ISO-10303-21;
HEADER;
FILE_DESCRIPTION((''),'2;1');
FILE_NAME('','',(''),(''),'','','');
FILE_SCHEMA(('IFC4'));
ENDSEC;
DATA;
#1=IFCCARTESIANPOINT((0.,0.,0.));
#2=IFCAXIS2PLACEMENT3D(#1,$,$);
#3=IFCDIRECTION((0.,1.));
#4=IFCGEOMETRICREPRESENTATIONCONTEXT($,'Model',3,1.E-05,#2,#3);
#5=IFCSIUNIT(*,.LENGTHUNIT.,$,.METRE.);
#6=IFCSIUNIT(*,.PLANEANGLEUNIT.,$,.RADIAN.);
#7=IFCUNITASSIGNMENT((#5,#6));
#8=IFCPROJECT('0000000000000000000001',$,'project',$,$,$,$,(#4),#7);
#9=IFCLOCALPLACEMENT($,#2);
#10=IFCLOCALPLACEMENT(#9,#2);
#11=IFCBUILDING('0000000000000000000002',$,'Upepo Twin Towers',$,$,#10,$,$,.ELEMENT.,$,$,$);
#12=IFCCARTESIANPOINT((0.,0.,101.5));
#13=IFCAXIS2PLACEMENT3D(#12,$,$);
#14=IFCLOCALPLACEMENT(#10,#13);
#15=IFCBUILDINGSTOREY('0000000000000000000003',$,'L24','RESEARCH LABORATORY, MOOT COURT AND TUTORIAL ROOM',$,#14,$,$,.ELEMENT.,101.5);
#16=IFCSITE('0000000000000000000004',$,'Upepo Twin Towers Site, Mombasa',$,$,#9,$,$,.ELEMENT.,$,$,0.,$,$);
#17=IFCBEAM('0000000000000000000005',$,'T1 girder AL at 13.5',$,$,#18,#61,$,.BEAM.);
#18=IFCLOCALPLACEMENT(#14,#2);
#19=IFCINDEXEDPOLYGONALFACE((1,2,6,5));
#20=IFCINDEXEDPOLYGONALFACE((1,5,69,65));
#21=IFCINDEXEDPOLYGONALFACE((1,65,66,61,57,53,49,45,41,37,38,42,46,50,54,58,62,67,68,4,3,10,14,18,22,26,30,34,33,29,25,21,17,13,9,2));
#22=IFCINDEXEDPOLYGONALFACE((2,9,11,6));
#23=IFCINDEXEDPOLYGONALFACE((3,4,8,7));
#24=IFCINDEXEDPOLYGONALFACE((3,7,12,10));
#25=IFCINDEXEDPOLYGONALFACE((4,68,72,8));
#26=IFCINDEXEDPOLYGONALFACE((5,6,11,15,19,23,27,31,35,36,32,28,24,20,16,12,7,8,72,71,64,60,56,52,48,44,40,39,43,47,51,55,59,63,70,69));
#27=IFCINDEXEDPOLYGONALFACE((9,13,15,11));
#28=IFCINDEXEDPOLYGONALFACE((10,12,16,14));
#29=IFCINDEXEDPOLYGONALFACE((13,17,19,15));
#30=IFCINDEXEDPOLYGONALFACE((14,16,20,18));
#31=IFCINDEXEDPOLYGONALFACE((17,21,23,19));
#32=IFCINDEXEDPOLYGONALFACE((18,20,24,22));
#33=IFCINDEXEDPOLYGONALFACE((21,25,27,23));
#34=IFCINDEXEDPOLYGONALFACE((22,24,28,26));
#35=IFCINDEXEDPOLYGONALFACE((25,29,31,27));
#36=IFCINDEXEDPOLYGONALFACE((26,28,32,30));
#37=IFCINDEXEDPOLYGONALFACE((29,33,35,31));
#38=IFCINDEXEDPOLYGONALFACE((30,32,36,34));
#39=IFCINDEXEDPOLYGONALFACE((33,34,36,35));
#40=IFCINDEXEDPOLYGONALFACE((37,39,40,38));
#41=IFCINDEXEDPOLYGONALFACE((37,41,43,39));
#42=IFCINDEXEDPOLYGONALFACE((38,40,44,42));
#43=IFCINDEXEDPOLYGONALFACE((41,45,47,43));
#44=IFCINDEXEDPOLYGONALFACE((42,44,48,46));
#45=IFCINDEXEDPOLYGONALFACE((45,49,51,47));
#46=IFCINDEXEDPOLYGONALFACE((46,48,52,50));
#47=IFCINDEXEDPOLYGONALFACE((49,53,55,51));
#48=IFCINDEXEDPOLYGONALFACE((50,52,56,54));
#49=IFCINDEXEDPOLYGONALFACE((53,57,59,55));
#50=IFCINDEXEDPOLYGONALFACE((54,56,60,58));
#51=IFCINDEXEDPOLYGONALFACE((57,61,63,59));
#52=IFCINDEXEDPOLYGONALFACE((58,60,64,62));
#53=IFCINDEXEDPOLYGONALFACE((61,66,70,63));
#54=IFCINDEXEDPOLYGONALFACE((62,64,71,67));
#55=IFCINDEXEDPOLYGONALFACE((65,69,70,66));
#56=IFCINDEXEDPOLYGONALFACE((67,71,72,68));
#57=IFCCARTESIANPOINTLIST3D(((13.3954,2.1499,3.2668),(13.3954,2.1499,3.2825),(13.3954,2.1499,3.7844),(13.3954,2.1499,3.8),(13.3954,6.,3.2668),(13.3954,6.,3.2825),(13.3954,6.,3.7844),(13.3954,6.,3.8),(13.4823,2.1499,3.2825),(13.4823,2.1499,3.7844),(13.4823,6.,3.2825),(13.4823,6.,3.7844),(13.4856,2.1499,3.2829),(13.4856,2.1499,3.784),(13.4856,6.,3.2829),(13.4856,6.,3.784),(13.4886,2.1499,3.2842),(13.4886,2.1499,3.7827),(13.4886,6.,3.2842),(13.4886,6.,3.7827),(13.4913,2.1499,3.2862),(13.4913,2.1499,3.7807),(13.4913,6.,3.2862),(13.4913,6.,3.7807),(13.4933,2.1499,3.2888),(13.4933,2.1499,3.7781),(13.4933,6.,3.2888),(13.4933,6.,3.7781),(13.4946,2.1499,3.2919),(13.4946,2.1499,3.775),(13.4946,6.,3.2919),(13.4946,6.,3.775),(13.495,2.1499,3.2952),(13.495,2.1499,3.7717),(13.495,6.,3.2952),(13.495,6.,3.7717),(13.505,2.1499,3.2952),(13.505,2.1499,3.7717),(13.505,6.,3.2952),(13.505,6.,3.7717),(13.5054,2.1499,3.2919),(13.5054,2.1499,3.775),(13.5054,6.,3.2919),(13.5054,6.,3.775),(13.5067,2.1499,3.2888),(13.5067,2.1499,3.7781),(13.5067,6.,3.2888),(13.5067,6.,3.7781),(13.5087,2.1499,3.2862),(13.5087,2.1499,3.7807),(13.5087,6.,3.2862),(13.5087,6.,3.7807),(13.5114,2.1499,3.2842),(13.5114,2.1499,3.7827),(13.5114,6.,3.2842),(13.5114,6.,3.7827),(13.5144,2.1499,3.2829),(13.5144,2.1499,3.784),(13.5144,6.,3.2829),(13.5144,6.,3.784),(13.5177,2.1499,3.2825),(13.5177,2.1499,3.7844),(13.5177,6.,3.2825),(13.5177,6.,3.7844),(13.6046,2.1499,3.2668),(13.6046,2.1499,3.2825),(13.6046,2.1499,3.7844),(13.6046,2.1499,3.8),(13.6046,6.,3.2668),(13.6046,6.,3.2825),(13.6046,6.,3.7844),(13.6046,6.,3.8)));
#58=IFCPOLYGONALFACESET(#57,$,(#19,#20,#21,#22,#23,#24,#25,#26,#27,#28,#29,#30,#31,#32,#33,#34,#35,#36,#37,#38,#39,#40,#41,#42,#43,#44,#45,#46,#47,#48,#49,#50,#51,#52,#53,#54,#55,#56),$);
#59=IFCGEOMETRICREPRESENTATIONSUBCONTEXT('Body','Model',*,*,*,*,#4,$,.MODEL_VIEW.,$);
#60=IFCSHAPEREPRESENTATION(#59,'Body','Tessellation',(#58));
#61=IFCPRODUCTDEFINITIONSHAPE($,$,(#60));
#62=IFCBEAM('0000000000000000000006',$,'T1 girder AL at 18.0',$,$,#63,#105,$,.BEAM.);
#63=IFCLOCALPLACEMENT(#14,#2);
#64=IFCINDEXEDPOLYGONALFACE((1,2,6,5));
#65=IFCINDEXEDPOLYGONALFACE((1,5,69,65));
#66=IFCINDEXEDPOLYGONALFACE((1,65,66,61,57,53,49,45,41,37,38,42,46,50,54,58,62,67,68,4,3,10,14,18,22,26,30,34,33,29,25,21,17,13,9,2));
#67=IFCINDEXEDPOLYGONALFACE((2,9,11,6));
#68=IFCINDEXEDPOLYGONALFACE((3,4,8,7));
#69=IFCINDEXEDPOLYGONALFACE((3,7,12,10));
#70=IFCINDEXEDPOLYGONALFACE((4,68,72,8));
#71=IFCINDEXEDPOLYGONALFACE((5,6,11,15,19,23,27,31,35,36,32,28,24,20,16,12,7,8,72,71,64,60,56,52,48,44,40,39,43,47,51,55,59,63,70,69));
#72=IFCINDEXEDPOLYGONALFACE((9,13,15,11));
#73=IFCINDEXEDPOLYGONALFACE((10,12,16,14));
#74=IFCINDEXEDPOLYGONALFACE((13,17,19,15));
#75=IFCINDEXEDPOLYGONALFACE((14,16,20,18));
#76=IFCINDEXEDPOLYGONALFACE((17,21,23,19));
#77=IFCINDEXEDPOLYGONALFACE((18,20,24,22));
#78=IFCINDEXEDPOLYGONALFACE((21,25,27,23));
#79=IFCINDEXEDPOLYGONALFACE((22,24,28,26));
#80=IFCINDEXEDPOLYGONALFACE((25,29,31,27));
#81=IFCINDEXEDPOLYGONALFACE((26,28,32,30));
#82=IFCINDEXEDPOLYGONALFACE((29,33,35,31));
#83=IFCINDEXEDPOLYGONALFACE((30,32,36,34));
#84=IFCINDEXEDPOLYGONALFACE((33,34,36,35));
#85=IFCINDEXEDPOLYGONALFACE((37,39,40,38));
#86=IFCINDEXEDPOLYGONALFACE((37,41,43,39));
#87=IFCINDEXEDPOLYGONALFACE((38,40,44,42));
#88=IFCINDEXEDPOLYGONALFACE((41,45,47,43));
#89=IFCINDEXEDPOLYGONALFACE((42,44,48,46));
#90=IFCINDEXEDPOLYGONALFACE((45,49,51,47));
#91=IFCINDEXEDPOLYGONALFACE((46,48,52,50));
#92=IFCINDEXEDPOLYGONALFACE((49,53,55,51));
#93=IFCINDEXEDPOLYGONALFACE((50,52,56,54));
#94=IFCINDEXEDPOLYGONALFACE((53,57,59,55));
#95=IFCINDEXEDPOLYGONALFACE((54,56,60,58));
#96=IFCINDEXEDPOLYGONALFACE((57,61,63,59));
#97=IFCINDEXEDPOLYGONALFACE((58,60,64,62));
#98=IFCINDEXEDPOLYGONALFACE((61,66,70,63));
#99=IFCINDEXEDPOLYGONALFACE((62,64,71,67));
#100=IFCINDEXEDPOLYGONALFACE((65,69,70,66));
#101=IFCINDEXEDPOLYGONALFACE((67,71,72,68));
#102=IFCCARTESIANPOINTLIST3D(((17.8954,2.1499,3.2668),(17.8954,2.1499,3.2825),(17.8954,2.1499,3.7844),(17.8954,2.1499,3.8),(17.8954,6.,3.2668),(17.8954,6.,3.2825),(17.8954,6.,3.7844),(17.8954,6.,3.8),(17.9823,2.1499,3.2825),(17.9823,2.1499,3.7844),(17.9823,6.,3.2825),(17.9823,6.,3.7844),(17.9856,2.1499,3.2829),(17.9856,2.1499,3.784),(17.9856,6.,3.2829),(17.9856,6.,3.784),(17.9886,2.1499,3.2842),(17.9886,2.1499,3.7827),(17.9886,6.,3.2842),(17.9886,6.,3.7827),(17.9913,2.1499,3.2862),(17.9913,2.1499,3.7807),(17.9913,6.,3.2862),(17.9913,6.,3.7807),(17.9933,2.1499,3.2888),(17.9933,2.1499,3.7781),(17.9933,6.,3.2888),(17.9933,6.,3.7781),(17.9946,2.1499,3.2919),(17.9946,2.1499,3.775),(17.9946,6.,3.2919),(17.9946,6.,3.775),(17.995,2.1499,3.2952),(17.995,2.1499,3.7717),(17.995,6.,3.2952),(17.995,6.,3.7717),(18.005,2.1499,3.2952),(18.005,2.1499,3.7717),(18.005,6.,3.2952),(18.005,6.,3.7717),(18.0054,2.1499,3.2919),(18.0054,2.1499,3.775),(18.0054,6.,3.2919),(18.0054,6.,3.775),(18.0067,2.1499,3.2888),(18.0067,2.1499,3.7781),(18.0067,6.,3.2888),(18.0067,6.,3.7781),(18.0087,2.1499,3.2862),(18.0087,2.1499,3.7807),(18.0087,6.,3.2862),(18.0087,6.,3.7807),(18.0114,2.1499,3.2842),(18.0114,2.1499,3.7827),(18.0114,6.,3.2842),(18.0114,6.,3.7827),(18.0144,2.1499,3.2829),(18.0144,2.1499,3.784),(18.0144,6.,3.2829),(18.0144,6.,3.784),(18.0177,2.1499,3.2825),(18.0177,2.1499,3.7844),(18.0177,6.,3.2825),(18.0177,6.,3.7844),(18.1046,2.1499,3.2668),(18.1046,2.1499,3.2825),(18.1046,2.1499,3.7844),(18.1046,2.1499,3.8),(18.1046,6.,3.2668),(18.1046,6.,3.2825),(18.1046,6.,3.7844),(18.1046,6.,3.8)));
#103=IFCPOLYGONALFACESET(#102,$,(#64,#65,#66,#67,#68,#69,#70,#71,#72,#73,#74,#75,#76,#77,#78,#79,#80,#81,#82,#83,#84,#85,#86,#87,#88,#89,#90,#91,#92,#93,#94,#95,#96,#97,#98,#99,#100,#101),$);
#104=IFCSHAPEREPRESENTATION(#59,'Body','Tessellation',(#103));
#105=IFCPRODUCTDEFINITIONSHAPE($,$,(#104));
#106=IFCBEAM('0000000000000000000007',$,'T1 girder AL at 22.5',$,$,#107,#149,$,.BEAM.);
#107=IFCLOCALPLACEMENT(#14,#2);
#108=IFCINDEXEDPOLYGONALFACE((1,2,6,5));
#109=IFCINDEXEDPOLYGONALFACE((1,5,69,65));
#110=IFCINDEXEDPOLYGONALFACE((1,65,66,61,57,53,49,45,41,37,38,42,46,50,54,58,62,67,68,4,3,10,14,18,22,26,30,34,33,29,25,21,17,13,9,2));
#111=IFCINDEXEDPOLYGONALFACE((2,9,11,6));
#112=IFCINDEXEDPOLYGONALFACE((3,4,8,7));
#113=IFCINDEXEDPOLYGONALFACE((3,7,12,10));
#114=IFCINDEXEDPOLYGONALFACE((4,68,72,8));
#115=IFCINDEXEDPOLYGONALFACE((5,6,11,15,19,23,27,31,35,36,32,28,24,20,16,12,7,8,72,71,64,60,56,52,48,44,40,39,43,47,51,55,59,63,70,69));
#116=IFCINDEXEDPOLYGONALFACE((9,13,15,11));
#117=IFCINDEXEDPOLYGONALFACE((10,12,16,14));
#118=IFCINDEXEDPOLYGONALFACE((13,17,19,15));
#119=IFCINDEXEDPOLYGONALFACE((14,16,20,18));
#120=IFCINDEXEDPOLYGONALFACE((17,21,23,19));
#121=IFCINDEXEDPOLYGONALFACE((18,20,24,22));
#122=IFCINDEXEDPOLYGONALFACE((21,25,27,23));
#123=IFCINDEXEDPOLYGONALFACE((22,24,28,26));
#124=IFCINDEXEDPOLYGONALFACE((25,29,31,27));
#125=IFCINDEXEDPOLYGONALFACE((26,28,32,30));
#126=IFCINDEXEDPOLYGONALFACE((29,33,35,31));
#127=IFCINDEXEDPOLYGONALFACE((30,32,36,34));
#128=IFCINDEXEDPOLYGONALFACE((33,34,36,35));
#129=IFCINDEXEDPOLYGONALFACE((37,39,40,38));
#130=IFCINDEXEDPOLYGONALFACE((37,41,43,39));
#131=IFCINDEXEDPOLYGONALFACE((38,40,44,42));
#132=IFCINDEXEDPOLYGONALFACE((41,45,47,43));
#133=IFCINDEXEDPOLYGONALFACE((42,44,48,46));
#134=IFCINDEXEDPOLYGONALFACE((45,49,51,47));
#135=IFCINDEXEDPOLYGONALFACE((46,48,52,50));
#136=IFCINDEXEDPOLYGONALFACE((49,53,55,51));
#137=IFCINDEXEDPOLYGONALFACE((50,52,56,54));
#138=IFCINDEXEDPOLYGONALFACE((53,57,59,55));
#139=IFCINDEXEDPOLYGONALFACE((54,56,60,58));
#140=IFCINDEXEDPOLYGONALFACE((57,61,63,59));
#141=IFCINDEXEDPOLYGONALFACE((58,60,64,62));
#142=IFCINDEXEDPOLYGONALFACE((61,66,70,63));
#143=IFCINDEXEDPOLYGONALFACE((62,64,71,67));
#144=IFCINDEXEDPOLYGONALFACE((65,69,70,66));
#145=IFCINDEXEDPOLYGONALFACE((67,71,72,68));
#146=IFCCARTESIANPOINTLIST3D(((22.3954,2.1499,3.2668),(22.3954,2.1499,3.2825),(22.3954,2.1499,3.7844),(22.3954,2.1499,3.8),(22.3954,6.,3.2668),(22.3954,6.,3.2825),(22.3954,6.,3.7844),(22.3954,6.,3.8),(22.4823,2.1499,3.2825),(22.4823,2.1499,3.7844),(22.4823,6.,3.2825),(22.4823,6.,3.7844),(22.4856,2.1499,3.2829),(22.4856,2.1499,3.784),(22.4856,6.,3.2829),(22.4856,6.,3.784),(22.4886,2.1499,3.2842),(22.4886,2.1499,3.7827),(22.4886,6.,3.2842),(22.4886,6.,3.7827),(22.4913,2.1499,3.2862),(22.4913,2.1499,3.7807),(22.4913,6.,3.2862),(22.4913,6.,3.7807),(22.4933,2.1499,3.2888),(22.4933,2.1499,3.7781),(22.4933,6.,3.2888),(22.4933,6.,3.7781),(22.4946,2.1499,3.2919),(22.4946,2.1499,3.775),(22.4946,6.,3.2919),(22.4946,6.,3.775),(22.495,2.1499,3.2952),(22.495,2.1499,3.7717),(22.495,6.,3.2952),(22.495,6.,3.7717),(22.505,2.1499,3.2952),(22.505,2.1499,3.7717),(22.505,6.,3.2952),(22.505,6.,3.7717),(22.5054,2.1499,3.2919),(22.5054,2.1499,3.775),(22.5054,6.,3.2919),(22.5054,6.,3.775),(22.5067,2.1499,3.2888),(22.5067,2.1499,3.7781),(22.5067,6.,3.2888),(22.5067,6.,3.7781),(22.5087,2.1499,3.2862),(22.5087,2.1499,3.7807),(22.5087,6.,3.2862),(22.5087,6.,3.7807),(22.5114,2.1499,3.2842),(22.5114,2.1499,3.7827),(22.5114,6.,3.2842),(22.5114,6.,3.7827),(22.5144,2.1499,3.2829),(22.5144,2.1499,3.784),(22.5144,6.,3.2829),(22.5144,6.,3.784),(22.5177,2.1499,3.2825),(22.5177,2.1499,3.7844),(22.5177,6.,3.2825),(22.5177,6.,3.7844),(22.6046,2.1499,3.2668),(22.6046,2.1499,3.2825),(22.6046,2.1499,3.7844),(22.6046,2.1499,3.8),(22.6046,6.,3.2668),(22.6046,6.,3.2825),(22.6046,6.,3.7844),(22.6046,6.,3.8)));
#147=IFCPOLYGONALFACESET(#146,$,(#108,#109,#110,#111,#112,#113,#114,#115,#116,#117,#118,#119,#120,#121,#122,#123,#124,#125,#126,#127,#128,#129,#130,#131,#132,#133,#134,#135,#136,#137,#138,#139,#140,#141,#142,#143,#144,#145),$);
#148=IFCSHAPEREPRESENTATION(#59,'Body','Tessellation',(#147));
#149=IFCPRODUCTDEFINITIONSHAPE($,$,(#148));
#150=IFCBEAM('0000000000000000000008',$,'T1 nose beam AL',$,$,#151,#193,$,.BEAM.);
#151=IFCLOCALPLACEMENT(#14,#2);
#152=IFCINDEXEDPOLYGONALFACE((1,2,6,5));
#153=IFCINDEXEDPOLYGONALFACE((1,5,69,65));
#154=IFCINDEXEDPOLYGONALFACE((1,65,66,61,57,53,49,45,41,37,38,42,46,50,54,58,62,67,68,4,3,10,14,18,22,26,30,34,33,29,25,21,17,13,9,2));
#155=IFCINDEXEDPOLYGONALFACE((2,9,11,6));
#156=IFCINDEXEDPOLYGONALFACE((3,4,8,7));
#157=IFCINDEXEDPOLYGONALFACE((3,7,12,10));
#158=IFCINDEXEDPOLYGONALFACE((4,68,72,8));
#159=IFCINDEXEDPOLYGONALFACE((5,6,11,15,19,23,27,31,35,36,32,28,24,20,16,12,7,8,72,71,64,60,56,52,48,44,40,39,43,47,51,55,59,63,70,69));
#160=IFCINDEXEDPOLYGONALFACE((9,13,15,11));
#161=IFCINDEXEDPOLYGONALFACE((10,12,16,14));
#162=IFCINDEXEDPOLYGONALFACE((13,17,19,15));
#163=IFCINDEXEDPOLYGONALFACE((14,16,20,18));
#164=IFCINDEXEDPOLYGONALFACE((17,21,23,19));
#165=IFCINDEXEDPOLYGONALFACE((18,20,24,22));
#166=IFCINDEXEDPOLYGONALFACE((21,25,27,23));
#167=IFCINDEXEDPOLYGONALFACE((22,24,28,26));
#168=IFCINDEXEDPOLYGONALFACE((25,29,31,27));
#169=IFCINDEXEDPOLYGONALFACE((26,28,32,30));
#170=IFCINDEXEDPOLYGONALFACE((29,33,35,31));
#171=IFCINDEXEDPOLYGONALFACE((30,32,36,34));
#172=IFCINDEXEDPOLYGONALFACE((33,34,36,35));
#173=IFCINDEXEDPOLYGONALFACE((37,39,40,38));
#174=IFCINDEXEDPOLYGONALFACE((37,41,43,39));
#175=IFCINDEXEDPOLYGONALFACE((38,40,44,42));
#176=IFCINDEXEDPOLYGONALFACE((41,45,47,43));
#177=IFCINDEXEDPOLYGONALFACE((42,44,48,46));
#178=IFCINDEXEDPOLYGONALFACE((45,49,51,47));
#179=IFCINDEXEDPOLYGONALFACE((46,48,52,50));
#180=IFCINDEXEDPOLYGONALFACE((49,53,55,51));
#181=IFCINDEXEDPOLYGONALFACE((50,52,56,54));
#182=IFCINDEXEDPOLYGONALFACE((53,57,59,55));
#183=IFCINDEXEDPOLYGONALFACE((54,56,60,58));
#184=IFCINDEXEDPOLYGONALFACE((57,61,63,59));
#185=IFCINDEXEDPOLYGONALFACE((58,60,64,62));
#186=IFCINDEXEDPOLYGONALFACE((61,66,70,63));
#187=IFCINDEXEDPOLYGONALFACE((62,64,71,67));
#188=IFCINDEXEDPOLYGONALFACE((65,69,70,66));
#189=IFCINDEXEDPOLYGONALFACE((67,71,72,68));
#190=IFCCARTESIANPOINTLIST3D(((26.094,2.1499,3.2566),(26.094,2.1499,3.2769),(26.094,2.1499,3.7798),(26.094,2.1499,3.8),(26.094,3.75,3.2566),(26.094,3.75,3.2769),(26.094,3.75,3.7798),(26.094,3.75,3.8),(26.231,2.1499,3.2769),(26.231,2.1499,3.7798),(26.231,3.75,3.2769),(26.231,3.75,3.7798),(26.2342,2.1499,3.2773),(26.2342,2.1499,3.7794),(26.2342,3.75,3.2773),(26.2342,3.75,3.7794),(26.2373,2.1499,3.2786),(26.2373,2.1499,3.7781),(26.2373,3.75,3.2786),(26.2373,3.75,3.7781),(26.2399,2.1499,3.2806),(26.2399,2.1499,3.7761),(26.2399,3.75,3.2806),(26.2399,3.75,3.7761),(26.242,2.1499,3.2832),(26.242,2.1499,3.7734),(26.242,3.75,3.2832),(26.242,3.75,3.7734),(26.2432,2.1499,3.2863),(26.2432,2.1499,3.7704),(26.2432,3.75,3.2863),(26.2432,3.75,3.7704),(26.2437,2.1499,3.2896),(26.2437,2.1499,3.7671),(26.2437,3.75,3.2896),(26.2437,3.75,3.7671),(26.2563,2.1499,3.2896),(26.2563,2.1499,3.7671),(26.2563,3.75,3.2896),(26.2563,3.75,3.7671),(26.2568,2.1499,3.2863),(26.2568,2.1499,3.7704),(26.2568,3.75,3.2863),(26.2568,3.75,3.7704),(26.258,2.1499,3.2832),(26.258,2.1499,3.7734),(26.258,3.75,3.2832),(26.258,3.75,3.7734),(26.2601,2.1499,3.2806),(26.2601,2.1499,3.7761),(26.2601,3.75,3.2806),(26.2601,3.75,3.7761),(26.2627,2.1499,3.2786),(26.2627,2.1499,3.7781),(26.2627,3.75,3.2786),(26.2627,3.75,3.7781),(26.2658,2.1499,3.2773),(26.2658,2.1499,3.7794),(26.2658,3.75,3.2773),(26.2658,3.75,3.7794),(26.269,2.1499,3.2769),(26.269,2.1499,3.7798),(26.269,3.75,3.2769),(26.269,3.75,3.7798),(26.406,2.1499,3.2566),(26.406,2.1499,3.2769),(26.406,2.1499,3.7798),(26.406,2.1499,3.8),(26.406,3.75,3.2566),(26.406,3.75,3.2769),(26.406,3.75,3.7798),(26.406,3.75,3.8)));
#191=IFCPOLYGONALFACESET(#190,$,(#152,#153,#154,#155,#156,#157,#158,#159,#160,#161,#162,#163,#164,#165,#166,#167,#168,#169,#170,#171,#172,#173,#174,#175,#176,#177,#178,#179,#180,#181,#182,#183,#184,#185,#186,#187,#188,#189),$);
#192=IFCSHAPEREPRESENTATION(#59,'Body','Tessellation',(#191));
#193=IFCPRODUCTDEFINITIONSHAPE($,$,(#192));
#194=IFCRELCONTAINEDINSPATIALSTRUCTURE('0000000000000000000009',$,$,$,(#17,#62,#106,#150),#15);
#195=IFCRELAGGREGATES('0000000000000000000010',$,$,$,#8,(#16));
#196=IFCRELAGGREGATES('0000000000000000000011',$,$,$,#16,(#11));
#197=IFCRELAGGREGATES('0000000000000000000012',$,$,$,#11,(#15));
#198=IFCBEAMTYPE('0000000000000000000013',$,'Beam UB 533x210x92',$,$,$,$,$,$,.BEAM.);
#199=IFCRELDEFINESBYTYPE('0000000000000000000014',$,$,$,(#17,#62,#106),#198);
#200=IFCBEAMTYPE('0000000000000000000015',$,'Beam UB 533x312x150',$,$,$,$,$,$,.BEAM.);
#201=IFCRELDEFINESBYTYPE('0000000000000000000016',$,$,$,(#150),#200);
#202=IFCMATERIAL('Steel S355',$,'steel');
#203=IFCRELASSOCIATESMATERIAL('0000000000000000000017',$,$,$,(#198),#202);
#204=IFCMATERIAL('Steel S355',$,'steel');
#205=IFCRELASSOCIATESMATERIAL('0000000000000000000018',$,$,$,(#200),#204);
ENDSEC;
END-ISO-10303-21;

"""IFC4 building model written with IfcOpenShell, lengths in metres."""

from ifc_helpers import new_model, si_unit, direction, frame, origin, origin_2d, place, context, subcontext, project, spatial, i_section, extrude, material, material_profile, profile_set, type_object, element, save


model = new_model("IFC4")

# Units and contexts
model_context = context("Model", 3, precision=1e-05, world=origin(), true_north=direction((0.0, 1.0)))
body_context = subcontext(model_context, "Body", "Model", "MODEL_VIEW")
ifc_project = project(units=[si_unit("LENGTHUNIT", "METRE"), si_unit("PLANEANGLEUNIT", "RADIAN")], contexts=[model_context])

# Site, building, storey
site_placement = place(None, origin())
site = spatial("IfcSite", under=ifc_project, at=site_placement, Name="Upepo Twin Towers Site, Mombasa", CompositionType="ELEMENT", RefElevation=0.0)
building_placement = place(site_placement, origin())
building = spatial("IfcBuilding", under=site, at=building_placement, Name="Upepo Twin Towers", CompositionType="ELEMENT")
storey_placement = place(building_placement, frame((0.0, 0.0, 101.5)))
storey = spatial("IfcBuildingStorey", under=building, at=storey_placement, Name="L24", Description="RESEARCH LABORATORY, MOOT COURT AND TUTORIAL ROOM", CompositionType="ELEMENT", Elevation=101.5)

# Beams
ifc_material_1 = material(Name="Steel S355", Category="steel")
ifc_material_profile_1 = material_profile(ifc_material_1, i_section(OverallWidth=0.2092, OverallDepth=0.5332, WebThickness=0.01, FlangeThickness=0.0156, FilletRadius=0.0127, at=origin_2d()), Name="UB 533x210x92")
ifc_profile_set_1 = profile_set([ifc_material_profile_1], Name="Steel S355")
beam_type_1 = type_object("IfcBeamType", Name="Beam UB 533x210x92", PredefinedType="BEAM", material=ifc_profile_set_1)
for number, where, z_axis, x_axis, name in (
    (1, (13.5, 6.0, 3.5334), (0.0, -1.0, 0.0), (1.0, 0.0, 0.0), "T1 girder AL at 13.5"),
    (2, (18.0, 6.0, 3.5334), (0.0, -1.0, 0.0), (1.0, 0.0, 0.0), "T1 girder AL at 18.0"),
    (3, (22.5, 6.0, 3.5334), (0.0, -1.0, 0.0), (1.0, 0.0, 0.0), "T1 girder AL at 22.5"),
):
    element("IfcBeam", number, at=place(storey_placement, frame(where, z_axis=z_axis, x_axis=x_axis)), inside=storey, type_object=beam_type_1, Name=name, PredefinedType="BEAM", context=body_context, shape_type="SweptSolid", body=[
        extrude(i_section(OverallWidth=0.2092, OverallDepth=0.5332, WebThickness=0.01, FlangeThickness=0.0156, FilletRadius=0.0127, at=origin_2d()), origin(), (0.0, 0.0, 1.0), 3.8501),
    ])
ifc_material_2 = material(Name="Steel S355", Category="steel")
ifc_material_profile_2 = material_profile(ifc_material_2, i_section(OverallWidth=0.312, OverallDepth=0.5435, WebThickness=0.0127, FlangeThickness=0.0203, FilletRadius=0.0127, at=origin_2d()), Name="UB 533x312x150")
ifc_profile_set_2 = profile_set([ifc_material_profile_2], Name="Steel S355")
beam_type_2 = type_object("IfcBeamType", Name="Beam UB 533x312x150", PredefinedType="BEAM", material=ifc_profile_set_2)
beam_1_placement = place(storey_placement, frame((26.25, 3.75, 3.5283), z_axis=(0.0, -1.0, 0.0), x_axis=(1.0, 0.0, 0.0)))
element("IfcBeam", 4, at=beam_1_placement, inside=storey, type_object=beam_type_2, Name="T1 nose beam AL", PredefinedType="BEAM", context=body_context, shape_type="SweptSolid", body=[
    extrude(i_section(OverallWidth=0.312, OverallDepth=0.5435, WebThickness=0.0127, FlangeThickness=0.0203, FilletRadius=0.0127, at=origin_2d()), origin(), (0.0, 0.0, 1.0), 1.6001),
])

save(model, "model.ifc")
